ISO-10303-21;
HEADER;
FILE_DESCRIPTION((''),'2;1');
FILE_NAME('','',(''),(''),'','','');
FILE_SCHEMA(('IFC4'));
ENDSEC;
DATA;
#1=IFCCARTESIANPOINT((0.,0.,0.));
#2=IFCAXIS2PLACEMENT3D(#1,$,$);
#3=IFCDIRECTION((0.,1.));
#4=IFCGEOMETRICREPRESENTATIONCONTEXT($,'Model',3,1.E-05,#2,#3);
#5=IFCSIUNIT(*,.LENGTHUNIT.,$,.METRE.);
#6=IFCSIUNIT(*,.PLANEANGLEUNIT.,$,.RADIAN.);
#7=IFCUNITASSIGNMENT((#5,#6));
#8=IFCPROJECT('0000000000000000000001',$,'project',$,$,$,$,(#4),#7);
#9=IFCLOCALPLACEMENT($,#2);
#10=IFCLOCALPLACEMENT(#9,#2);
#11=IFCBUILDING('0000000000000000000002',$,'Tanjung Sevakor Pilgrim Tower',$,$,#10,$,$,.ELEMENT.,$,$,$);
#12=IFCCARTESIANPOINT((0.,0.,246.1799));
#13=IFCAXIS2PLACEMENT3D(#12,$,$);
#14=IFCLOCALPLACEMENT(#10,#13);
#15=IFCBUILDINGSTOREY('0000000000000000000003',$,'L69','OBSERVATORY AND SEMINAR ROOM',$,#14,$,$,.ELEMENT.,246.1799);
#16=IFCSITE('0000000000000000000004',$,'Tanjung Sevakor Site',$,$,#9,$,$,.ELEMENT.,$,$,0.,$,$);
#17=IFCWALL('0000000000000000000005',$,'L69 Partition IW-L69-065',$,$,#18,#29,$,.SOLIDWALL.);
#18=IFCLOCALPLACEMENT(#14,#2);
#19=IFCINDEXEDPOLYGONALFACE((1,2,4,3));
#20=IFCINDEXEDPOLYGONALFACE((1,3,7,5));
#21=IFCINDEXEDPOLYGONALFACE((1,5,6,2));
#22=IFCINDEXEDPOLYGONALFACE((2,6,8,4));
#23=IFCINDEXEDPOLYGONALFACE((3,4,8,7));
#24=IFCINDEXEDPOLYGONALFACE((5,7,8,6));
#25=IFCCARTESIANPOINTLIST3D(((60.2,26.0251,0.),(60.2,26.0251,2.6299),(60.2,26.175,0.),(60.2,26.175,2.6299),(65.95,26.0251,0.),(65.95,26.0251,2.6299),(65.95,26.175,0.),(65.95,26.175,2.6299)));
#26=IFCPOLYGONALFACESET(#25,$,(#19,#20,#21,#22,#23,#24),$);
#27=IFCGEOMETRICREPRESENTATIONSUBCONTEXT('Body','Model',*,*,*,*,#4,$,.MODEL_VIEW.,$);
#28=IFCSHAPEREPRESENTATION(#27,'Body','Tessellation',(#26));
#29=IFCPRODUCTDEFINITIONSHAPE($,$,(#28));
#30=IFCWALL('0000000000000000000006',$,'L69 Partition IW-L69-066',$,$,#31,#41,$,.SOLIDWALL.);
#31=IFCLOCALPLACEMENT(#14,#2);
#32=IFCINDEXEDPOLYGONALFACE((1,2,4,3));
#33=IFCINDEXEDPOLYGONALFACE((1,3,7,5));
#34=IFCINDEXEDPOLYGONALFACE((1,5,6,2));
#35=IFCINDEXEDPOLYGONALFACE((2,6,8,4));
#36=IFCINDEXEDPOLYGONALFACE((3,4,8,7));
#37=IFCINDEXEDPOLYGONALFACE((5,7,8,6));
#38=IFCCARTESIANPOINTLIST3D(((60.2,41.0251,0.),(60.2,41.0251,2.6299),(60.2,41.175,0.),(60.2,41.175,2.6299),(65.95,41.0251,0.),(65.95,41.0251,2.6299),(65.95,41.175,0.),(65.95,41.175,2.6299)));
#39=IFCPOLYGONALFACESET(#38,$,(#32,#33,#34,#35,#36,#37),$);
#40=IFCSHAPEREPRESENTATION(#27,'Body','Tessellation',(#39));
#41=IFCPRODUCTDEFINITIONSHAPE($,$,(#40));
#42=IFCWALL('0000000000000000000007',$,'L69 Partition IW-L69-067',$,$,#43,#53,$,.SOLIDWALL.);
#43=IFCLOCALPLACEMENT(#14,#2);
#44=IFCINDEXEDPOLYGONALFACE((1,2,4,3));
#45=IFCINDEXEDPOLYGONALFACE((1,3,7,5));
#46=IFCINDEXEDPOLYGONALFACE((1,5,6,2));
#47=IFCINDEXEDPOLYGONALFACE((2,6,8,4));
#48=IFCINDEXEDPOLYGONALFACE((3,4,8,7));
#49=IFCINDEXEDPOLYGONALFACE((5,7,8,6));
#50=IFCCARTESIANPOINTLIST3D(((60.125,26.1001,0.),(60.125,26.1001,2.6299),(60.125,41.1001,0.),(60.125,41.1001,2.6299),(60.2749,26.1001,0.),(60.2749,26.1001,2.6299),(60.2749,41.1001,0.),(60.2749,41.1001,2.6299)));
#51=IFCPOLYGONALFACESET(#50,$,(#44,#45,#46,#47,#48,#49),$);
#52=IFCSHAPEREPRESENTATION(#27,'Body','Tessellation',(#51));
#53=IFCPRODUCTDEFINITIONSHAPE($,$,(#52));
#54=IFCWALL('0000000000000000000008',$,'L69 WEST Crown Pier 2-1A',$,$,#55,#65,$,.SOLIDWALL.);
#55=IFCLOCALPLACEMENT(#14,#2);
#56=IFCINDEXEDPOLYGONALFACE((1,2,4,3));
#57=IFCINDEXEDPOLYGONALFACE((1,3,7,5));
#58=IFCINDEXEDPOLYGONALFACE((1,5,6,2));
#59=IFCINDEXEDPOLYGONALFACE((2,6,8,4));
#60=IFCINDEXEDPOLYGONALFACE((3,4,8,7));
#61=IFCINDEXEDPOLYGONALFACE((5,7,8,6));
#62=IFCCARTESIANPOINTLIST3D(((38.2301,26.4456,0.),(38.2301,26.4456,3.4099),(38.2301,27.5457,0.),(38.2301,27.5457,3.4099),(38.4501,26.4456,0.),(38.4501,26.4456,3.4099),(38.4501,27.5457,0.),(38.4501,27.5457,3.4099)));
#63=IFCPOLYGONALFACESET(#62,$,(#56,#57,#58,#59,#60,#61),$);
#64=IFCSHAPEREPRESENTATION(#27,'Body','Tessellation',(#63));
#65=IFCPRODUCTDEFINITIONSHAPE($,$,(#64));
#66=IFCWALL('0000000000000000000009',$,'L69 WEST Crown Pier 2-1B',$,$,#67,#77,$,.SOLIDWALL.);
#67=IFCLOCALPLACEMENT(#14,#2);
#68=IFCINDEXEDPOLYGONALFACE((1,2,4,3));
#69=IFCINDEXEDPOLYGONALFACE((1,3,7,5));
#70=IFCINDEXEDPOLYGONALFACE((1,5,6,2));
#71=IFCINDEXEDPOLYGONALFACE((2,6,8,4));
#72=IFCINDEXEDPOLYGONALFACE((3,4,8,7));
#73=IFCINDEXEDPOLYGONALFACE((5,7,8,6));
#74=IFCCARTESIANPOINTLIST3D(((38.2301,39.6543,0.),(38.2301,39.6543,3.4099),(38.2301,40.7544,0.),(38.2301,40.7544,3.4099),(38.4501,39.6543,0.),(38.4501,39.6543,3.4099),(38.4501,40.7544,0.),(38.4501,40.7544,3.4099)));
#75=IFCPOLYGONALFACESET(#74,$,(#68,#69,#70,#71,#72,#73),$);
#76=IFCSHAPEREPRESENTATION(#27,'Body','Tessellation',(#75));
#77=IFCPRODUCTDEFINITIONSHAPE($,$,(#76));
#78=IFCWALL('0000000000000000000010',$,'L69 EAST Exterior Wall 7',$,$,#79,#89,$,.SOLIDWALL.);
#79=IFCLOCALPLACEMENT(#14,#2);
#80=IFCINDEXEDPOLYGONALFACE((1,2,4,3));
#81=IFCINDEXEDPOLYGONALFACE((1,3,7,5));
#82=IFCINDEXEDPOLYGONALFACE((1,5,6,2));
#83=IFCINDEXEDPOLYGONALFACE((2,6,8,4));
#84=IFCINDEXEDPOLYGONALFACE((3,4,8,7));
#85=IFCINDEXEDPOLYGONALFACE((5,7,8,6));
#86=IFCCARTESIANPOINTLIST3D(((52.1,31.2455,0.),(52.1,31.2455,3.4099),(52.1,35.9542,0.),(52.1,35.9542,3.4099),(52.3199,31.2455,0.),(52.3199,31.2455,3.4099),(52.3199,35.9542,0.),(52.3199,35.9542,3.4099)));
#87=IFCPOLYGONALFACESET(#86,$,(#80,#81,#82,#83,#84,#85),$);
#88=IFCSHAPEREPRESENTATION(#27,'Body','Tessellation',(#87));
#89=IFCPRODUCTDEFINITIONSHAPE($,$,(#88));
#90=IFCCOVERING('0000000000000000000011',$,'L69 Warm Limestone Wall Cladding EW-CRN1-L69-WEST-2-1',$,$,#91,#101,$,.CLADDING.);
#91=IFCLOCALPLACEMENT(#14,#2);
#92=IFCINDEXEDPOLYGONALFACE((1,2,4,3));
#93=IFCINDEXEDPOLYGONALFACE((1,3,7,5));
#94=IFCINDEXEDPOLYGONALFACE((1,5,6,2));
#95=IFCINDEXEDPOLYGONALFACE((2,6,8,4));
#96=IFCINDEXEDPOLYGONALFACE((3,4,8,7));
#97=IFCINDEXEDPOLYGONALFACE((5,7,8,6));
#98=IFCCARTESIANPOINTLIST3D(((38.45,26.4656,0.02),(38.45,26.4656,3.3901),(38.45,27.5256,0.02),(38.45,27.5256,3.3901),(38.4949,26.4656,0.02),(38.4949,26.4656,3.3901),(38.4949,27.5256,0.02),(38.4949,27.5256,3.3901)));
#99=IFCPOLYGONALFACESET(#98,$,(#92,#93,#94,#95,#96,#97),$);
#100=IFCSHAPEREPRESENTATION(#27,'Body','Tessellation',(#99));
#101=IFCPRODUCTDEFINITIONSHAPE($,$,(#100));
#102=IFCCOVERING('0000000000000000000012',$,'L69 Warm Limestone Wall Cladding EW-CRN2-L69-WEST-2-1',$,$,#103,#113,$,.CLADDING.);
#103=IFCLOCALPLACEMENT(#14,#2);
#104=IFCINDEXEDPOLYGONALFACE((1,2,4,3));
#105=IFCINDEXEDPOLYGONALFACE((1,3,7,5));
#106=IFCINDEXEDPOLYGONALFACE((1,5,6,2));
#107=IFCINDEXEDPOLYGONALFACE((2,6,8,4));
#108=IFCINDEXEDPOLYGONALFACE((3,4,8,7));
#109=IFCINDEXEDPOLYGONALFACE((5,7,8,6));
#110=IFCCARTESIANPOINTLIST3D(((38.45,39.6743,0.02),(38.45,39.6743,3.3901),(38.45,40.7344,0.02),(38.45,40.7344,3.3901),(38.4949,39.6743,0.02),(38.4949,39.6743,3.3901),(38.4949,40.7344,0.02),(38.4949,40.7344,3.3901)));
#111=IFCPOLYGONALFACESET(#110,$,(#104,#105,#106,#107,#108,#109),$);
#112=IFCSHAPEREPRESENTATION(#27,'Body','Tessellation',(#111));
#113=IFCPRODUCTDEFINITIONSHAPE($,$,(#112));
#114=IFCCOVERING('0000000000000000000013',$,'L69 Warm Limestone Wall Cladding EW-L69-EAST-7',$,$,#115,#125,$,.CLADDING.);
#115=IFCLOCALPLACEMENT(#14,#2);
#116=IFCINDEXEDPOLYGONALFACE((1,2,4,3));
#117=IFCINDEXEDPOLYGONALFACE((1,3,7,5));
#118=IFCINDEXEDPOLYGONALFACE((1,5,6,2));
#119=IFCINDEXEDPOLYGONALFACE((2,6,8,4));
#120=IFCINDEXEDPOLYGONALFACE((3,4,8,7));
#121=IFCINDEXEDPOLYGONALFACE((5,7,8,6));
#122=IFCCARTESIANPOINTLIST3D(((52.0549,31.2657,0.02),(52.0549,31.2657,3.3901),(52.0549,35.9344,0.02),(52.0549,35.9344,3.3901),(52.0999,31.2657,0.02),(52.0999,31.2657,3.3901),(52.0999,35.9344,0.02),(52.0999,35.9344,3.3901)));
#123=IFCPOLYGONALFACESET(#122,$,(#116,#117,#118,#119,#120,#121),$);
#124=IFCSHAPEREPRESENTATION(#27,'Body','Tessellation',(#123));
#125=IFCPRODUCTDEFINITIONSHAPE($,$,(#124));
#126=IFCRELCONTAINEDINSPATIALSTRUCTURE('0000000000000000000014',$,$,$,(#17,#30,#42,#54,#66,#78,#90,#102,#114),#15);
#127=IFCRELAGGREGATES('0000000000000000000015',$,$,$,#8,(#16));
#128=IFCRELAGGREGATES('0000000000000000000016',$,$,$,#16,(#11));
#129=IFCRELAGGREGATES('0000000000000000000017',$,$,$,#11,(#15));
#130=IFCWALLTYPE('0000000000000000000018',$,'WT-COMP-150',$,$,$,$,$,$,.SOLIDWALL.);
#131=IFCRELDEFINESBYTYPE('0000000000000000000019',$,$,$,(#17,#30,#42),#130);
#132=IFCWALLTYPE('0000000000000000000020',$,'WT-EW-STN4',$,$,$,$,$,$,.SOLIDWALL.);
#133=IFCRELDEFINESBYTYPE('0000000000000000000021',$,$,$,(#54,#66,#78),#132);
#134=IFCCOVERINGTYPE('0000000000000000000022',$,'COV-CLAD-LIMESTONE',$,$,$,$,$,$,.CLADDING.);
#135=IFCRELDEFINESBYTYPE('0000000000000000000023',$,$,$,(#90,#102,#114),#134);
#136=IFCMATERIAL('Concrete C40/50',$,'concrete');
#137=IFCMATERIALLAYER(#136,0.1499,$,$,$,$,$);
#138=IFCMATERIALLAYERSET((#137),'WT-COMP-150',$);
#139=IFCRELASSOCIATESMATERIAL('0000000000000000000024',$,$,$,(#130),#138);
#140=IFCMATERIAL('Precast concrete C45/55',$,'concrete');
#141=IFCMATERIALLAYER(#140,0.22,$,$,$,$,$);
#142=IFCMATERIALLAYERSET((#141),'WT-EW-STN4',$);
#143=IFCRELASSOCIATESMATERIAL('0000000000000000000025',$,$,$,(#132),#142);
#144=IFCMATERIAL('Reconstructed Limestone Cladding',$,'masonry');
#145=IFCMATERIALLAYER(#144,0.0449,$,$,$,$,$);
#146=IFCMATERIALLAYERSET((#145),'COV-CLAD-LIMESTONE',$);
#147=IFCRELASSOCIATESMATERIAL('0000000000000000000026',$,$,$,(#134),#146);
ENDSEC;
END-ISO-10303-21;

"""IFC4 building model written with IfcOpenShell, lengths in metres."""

from ifc_helpers import new_model, si_unit, direction, frame, frame_2d, origin, origin_2d, place, context, subcontext, project, spatial, rectangle, extrude, material, layer, layer_set, type_object, element, save


model = new_model("IFC4")

# Units and contexts
model_context = context("Model", 3, precision=1e-05, world=origin(), true_north=direction((0.0, 1.0)))
body_context = subcontext(model_context, "Body", "Model", "MODEL_VIEW")
ifc_project = project(units=[si_unit("LENGTHUNIT", "METRE"), si_unit("PLANEANGLEUNIT", "RADIAN")], contexts=[model_context])

# Site, building, storey
site_placement = place(None, origin())
site = spatial("IfcSite", under=ifc_project, at=site_placement, Name="Tanjung Sevakor Site", CompositionType="ELEMENT", RefElevation=0.0)
building_placement = place(site_placement, origin())
building = spatial("IfcBuilding", under=site, at=building_placement, Name="Tanjung Sevakor Pilgrim Tower", CompositionType="ELEMENT")
storey_placement = place(building_placement, frame((0.0, 0.0, 246.1799)))
storey = spatial("IfcBuildingStorey", under=building, at=storey_placement, Name="L69", Description="OBSERVATORY AND SEMINAR ROOM", CompositionType="ELEMENT", Elevation=246.1799)

# Walls
ifc_material_1 = material(Name="Concrete C40/50", Category="concrete")
ifc_layer_1 = layer(ifc_material_1, 0.1499)
ifc_layer_set_1 = layer_set([ifc_layer_1], Name="WT-COMP-150")
wall_type_1 = type_object("IfcWallType", Name="WT-COMP-150", PredefinedType="SOLIDWALL", material=ifc_layer_set_1)
for number, where, z_axis, x_axis, name in (
    (1, (60.2, 26.1001, 0.0), (0.0, 0.0, 1.0), (1.0, 0.0, 0.0), "L69 Partition IW-L69-065"),
    (2, (60.2, 41.1001, 0.0), (0.0, 0.0, 1.0), (1.0, 0.0, 0.0), "L69 Partition IW-L69-066"),
):
    element("IfcWall", number, at=place(storey_placement, frame(where, z_axis=z_axis, x_axis=x_axis)), inside=storey, type_object=wall_type_1, Name=name, PredefinedType="SOLIDWALL", context=body_context, shape_type="SweptSolid", body=[
        extrude(rectangle(XDim=5.75, YDim=0.1499, at=frame_2d((2.875, 0.0))), origin(), (0.0, 0.0, 1.0), 2.6299),
    ])
wall_1_placement = place(storey_placement, frame((60.2, 26.1001, 0.0), z_axis=(0.0, 0.0, 1.0), x_axis=(0.0, 1.0, 0.0)))
element("IfcWall", 3, at=wall_1_placement, inside=storey, type_object=wall_type_1, Name="L69 Partition IW-L69-067", PredefinedType="SOLIDWALL", context=body_context, shape_type="SweptSolid", body=[
    extrude(rectangle(XDim=15.0, YDim=0.1499, at=frame_2d((7.5, 0.0))), origin(), (0.0, 0.0, 1.0), 2.6299),
])
ifc_material_2 = material(Name="Precast concrete C45/55", Category="concrete")
ifc_layer_2 = layer(ifc_material_2, 0.22)
ifc_layer_set_2 = layer_set([ifc_layer_2], Name="WT-EW-STN4")
wall_type_2 = type_object("IfcWallType", Name="WT-EW-STN4", PredefinedType="SOLIDWALL", material=ifc_layer_set_2)
for number, where, z_axis, x_axis, name in (
    (4, (38.3401, 26.4456, 0.0), (0.0, 0.0, 1.0), (0.0, 1.0, 0.0), "L69 WEST Crown Pier 2-1A"),
    (5, (38.3401, 39.6543, 0.0), (0.0, 0.0, 1.0), (0.0, 1.0, 0.0), "L69 WEST Crown Pier 2-1B"),
):
    element("IfcWall", number, at=place(storey_placement, frame(where, z_axis=z_axis, x_axis=x_axis)), inside=storey, type_object=wall_type_2, Name=name, PredefinedType="SOLIDWALL", context=body_context, shape_type="SweptSolid", body=[
        extrude(rectangle(XDim=1.1001, YDim=0.22, at=frame_2d((0.55, 0.0))), origin(), (0.0, 0.0, 1.0), 3.4099),
    ])
wall_2_placement = place(storey_placement, frame((52.21, 35.9543, 0.0), z_axis=(0.0, 0.0, 1.0), x_axis=(0.0, -1.0, 0.0)))
element("IfcWall", 6, at=wall_2_placement, inside=storey, type_object=wall_type_2, Name="L69 EAST Exterior Wall 7", PredefinedType="SOLIDWALL", context=body_context, shape_type="SweptSolid", body=[
    extrude(rectangle(XDim=4.7087, YDim=0.22, at=frame_2d((2.3545, 0.0))), origin(), (0.0, 0.0, 1.0), 3.4099),
])

# Coverings
ifc_material_3 = material(Name="Reconstructed Limestone Cladding", Category="masonry")
ifc_layer_3 = layer(ifc_material_3, 0.0449)
ifc_layer_set_3 = layer_set([ifc_layer_3], Name="COV-CLAD-LIMESTONE")
covering_type = type_object("IfcCoveringType", Name="COV-CLAD-LIMESTONE", PredefinedType="CLADDING", material=ifc_layer_set_3)
for number, where, z_axis, x_axis, name in (
    (7, (38.4724, 26.9956, 0.02), (0.0, 0.0, 1.0), (0.0, 1.0, 0.0), "L69 Warm Limestone Wall Cladding EW-CRN1-L69-WEST-2-1"),
    (8, (38.4724, 40.2043, 0.02), (0.0, 0.0, 1.0), (0.0, 1.0, 0.0), "L69 Warm Limestone Wall Cladding EW-CRN2-L69-WEST-2-1"),
):
    element("IfcCovering", number, at=place(storey_placement, frame(where, z_axis=z_axis, x_axis=x_axis)), inside=storey, type_object=covering_type, Name=name, PredefinedType="CLADDING", context=body_context, shape_type="SweptSolid", body=[
        extrude(rectangle(XDim=1.0601, YDim=0.0449, at=origin_2d()), origin(), (0.0, 0.0, 1.0), 3.3701),
    ])
covering_placement = place(storey_placement, frame((52.0774, 33.6001, 0.02), z_axis=(0.0, 0.0, 1.0), x_axis=(0.0, -1.0, 0.0)))
element("IfcCovering", 9, at=covering_placement, inside=storey, type_object=covering_type, Name="L69 Warm Limestone Wall Cladding EW-L69-EAST-7", PredefinedType="CLADDING", context=body_context, shape_type="SweptSolid", body=[
    extrude(rectangle(XDim=4.6687, YDim=0.0449, at=origin_2d()), origin(), (0.0, 0.0, 1.0), 3.3701),
])

save(model, "model.ifc")
